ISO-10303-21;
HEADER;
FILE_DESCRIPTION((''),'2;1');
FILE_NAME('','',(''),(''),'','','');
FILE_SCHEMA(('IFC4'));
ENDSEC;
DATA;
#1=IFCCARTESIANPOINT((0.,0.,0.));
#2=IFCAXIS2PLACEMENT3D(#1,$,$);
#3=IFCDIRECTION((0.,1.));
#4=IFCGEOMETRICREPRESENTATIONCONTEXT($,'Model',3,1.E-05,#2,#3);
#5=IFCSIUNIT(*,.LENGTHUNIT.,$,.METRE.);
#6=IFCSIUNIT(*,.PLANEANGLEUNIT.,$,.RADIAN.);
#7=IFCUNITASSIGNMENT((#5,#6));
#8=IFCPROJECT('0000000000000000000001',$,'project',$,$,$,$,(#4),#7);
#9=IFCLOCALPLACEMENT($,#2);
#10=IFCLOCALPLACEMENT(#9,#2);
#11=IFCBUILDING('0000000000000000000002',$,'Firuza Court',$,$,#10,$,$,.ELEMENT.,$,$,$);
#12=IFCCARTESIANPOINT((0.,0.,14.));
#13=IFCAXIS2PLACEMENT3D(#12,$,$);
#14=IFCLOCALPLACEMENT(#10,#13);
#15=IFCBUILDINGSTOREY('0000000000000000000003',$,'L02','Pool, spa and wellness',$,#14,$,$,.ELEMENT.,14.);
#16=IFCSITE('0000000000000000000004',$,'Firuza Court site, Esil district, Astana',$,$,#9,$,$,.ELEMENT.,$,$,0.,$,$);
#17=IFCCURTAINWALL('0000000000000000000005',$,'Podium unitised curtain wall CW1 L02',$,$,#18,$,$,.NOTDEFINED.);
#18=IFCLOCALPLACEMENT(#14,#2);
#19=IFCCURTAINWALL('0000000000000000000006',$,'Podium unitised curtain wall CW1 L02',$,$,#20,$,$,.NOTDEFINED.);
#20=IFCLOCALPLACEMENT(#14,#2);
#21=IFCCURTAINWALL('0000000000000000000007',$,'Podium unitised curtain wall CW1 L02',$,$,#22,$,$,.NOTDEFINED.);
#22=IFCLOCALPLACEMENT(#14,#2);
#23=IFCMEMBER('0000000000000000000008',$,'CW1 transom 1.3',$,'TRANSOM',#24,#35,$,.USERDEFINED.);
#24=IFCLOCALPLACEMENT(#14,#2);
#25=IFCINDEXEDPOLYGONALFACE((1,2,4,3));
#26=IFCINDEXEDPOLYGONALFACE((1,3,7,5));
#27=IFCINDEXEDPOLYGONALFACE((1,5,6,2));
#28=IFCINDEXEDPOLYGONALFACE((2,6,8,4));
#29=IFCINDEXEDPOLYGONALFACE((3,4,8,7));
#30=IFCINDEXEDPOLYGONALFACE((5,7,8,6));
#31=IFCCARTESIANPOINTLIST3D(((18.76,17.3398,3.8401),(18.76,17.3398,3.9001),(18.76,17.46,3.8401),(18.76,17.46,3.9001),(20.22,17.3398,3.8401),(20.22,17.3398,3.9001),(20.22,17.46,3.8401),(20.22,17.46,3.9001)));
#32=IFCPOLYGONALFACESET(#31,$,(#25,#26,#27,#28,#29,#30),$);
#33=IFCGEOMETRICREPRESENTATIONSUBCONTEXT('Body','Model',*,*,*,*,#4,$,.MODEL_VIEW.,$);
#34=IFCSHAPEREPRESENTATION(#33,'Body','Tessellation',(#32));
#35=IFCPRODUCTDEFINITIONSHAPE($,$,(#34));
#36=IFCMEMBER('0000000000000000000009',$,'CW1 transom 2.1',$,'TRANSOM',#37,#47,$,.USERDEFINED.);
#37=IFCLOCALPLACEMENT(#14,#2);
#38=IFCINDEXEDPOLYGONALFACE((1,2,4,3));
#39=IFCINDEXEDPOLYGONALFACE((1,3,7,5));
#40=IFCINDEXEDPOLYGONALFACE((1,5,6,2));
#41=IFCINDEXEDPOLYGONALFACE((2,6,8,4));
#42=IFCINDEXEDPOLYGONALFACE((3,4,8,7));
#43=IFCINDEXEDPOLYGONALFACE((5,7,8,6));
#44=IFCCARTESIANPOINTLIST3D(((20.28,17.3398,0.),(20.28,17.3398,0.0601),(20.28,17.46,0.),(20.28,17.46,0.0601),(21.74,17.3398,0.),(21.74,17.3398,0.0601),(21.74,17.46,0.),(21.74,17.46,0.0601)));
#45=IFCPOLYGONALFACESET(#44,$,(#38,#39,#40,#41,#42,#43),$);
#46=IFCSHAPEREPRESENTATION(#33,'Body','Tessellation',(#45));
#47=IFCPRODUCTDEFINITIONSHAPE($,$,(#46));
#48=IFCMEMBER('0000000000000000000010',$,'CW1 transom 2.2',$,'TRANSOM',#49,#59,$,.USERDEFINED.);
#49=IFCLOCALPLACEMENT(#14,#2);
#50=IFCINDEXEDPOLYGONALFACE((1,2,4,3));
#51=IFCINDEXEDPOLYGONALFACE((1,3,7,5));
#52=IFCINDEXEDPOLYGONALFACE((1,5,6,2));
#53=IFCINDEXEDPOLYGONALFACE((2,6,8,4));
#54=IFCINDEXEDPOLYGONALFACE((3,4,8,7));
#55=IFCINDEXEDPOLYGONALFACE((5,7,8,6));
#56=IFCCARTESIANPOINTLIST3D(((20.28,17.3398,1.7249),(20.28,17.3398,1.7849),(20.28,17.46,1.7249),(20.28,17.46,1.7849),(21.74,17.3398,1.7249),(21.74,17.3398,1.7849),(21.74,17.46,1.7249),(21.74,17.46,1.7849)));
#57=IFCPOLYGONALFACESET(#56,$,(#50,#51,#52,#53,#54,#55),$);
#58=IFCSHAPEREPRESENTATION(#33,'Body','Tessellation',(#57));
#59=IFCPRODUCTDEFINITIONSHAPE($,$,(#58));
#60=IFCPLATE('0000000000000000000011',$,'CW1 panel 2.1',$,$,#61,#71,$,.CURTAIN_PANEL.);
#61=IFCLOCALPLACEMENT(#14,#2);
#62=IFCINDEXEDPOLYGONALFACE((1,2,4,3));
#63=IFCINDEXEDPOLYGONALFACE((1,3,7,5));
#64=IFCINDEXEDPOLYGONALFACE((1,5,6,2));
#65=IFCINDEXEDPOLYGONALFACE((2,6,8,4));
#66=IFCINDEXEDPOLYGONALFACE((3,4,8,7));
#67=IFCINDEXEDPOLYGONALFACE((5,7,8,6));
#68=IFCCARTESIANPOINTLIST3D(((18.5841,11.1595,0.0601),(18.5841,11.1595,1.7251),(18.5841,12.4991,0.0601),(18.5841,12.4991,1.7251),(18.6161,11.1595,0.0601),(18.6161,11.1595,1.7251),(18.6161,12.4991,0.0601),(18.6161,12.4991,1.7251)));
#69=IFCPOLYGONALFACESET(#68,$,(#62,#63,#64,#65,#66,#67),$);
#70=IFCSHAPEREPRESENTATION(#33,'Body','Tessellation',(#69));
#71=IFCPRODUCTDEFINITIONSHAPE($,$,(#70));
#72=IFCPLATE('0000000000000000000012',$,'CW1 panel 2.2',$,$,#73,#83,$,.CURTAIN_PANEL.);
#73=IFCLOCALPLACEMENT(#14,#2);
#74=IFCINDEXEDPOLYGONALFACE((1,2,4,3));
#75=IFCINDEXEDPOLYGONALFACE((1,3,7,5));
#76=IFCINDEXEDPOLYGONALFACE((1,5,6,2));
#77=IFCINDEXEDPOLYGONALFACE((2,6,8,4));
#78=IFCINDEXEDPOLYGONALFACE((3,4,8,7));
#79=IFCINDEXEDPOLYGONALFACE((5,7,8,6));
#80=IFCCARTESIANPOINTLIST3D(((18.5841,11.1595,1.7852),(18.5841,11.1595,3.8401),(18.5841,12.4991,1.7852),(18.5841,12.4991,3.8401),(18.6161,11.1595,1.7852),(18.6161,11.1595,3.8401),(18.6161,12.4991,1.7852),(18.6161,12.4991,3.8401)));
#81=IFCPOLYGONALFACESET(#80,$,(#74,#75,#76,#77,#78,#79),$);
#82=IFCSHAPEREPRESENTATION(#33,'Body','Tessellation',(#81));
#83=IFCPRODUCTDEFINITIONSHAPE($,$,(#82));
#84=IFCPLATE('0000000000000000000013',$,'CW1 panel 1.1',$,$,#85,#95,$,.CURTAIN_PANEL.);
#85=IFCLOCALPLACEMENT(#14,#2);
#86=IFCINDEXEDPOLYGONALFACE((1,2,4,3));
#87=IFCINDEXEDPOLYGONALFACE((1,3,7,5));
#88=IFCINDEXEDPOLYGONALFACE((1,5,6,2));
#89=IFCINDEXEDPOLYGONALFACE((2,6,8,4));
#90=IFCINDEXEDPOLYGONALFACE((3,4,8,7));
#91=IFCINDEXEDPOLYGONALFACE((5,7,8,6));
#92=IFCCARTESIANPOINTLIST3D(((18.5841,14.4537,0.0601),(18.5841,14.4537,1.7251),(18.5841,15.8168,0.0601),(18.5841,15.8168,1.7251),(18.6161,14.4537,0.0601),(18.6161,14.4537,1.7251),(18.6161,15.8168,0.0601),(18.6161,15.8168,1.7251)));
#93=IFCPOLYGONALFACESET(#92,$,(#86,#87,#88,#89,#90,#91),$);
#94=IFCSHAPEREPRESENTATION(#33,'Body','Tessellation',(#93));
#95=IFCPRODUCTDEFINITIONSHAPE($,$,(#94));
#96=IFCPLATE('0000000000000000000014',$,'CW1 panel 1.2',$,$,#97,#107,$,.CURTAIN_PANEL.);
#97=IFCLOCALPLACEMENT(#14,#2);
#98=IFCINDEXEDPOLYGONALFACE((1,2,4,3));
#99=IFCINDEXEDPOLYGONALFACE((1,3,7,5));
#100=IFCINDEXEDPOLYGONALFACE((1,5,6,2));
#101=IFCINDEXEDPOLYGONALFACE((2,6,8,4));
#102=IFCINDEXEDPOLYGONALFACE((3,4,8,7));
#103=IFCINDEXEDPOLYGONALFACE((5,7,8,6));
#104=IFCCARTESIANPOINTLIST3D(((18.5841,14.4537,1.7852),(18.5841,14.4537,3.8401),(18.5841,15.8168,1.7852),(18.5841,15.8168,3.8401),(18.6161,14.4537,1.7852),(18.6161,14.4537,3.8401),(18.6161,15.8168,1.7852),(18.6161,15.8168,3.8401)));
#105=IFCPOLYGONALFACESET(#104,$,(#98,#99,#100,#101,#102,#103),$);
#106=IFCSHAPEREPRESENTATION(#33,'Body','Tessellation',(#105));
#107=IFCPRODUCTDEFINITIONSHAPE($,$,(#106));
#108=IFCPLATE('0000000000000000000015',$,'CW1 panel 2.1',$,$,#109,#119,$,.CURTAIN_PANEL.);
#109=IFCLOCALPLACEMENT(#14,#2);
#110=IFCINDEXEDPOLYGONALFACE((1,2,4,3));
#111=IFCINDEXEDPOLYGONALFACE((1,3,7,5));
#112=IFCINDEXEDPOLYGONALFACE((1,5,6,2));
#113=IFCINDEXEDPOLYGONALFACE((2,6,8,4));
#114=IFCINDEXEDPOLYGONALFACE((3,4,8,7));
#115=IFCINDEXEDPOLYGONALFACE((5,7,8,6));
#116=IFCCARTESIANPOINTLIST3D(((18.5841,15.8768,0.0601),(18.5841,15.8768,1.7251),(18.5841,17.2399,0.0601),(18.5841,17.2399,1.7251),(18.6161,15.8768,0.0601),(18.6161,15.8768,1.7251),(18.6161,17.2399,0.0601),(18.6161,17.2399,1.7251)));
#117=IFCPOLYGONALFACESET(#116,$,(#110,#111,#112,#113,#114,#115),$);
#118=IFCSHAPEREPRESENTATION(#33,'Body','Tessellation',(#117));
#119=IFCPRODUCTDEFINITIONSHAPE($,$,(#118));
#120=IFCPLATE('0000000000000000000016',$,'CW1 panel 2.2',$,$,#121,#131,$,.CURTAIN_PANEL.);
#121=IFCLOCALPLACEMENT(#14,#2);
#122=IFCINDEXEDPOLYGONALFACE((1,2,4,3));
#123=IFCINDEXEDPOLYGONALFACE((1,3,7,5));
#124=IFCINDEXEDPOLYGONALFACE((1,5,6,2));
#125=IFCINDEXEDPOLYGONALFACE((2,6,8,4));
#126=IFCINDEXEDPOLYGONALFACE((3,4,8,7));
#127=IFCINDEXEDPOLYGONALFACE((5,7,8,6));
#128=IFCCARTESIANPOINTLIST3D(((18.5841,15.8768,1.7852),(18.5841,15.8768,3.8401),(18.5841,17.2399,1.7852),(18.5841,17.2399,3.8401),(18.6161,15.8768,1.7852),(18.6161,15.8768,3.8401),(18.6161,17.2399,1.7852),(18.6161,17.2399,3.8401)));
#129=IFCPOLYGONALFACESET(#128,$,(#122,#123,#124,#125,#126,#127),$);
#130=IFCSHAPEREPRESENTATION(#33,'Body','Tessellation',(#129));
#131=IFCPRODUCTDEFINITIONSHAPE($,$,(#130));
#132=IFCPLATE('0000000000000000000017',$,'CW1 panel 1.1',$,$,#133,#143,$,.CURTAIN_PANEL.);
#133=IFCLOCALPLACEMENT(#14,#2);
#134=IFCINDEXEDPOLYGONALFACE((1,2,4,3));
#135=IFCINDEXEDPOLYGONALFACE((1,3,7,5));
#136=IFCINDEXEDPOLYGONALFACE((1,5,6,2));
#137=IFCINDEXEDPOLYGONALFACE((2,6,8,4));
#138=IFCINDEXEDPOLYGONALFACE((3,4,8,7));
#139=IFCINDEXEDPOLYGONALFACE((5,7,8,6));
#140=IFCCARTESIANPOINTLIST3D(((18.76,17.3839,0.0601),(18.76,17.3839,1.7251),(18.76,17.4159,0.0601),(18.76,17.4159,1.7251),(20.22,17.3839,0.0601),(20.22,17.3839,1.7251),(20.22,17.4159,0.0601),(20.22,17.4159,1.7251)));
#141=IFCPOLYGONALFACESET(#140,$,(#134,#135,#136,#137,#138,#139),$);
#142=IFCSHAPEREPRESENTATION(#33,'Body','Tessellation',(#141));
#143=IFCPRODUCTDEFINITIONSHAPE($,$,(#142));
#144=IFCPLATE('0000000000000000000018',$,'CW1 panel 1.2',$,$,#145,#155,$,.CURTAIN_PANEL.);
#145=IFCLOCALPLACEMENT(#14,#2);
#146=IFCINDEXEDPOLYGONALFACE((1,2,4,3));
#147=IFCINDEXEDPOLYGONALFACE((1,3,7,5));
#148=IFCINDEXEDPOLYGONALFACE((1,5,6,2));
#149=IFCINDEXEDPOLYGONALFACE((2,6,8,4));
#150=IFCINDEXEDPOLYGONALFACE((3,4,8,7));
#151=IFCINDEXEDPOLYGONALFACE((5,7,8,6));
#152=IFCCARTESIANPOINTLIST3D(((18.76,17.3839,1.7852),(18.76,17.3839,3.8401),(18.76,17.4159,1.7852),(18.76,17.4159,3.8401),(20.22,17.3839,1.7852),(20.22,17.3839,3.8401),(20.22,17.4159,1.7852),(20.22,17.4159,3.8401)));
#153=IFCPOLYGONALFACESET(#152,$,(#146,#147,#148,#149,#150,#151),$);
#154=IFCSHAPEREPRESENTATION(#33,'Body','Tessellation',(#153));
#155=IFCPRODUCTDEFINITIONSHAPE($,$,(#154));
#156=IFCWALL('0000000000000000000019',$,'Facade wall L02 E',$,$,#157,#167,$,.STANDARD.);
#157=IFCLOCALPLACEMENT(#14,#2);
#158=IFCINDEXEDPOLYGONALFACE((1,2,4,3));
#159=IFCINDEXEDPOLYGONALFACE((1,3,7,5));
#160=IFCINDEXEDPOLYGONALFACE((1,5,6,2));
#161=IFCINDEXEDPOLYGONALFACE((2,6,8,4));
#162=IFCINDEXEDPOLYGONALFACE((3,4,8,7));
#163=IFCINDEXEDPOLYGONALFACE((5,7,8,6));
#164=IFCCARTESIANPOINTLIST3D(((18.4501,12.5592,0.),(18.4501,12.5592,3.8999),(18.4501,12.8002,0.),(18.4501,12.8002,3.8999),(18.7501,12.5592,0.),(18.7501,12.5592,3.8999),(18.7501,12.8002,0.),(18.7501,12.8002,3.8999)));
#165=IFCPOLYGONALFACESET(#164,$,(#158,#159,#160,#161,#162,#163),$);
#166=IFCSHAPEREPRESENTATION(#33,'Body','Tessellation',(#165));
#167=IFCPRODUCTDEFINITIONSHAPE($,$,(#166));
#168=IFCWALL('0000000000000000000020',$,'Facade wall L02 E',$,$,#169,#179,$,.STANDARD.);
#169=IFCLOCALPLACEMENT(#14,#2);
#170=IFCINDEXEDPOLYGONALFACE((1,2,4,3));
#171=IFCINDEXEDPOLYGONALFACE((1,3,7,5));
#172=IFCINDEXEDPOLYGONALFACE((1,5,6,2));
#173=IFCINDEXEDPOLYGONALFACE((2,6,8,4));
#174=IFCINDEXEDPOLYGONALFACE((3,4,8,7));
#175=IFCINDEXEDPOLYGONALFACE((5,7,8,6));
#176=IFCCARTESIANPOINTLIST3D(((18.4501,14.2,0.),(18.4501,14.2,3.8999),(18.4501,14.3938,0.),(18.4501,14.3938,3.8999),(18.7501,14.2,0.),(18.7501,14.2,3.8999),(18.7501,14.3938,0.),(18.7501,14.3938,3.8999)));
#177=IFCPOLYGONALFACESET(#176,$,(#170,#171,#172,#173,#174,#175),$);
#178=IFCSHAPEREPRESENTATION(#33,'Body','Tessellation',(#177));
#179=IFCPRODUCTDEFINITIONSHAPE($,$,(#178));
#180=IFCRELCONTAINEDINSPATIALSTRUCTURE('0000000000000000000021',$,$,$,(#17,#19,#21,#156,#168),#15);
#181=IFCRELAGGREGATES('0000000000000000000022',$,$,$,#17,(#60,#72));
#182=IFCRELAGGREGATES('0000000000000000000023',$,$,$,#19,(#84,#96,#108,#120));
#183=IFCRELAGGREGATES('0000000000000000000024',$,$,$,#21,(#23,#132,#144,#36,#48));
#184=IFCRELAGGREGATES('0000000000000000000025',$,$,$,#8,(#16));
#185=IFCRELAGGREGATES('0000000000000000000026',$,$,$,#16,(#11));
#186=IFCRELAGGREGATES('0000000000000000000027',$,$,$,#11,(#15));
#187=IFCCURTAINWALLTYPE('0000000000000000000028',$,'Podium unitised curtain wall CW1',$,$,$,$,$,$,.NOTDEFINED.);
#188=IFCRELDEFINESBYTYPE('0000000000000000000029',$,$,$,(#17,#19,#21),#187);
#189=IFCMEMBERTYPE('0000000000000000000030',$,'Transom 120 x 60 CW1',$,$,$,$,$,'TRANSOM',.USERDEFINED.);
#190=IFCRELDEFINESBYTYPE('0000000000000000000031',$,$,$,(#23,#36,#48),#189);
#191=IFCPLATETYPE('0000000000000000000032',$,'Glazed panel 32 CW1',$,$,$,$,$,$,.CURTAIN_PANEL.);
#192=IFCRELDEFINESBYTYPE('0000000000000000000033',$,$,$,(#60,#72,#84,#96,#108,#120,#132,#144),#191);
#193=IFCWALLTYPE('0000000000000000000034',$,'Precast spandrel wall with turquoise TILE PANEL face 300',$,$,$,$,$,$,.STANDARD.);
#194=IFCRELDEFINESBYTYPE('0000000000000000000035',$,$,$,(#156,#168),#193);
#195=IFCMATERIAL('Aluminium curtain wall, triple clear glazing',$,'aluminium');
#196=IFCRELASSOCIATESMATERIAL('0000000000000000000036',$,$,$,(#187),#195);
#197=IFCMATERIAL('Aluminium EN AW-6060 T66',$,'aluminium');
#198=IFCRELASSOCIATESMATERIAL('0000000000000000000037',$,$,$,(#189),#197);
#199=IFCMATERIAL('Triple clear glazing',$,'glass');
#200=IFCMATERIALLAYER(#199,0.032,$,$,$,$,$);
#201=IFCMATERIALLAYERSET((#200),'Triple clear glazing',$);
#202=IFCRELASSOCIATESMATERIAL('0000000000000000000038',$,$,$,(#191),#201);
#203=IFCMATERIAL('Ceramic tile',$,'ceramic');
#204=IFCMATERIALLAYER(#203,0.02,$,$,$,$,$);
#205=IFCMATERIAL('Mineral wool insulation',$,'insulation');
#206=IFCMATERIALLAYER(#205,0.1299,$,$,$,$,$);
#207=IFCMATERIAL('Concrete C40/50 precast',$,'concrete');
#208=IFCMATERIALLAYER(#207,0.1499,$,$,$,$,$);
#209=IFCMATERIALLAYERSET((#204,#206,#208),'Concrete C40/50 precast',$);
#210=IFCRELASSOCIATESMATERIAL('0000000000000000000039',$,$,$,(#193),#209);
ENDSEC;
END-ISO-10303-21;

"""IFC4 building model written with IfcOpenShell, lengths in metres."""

from ifc_helpers import new_model, si_unit, direction, frame, frame_2d, origin, origin_2d, place, context, subcontext, project, spatial, rectangle, extrude, material, layer, layer_set, material_profile, profile_set, type_object, element, aggregate, save


model = new_model("IFC4")

# Units and contexts
model_context = context("Model", 3, precision=1e-05, world=origin(), true_north=direction((0.0, 1.0)))
body_context = subcontext(model_context, "Body", "Model", "MODEL_VIEW")
ifc_project = project(units=[si_unit("LENGTHUNIT", "METRE"), si_unit("PLANEANGLEUNIT", "RADIAN")], contexts=[model_context])

# Site, building, storey
site_placement = place(None, origin())
site = spatial("IfcSite", under=ifc_project, at=site_placement, Name="Firuza Court site, Esil district, Astana", CompositionType="ELEMENT", RefElevation=0.0)
building_placement = place(site_placement, origin())
building = spatial("IfcBuilding", under=site, at=building_placement, Name="Firuza Court", CompositionType="ELEMENT")
storey_placement = place(building_placement, frame((0.0, 0.0, 14.0)))
storey = spatial("IfcBuildingStorey", under=building, at=storey_placement, Name="L02", Description="Pool, spa and wellness", CompositionType="ELEMENT", Elevation=14.0)

# Curtain wall
ifc_material_1 = material(Name="Aluminium curtain wall, triple clear glazing", Category="aluminium")
curtain_wall_type = type_object("IfcCurtainWallType", Name="Podium unitised curtain wall CW1", PredefinedType="NOTDEFINED", material=ifc_material_1)
curtain_wall_1_placement = place(storey_placement, origin())
curtain_wall_1 = element("IfcCurtainWall", 1, at=curtain_wall_1_placement, inside=storey, type_object=curtain_wall_type, Name="Podium unitised curtain wall CW1 L02", PredefinedType="NOTDEFINED")

# Curtain walls
curtain_wall_2_placement = place(storey_placement, origin())
curtain_wall_2 = element("IfcCurtainWall", 2, at=curtain_wall_2_placement, inside=storey, type_object=curtain_wall_type, Name="Podium unitised curtain wall CW1 L02", PredefinedType="NOTDEFINED")
curtain_wall_3_placement = place(storey_placement, origin())
curtain_wall_3 = element("IfcCurtainWall", 3, at=curtain_wall_3_placement, inside=storey, type_object=curtain_wall_type, Name="Podium unitised curtain wall CW1 L02", PredefinedType="NOTDEFINED")

# Members
ifc_material_2 = material(Name="Aluminium EN AW-6060 T66", Category="aluminium")
ifc_material_profile_1 = material_profile(ifc_material_2, rectangle(XDim=0.1201, YDim=0.0601, at=origin_2d()), Name="Transom 120 x 60 CW1")
ifc_profile_set_1 = profile_set([ifc_material_profile_1], Name="Aluminium EN AW-6060 T66")
member_type_1 = type_object("IfcMemberType", Name="Transom 120 x 60 CW1", ElementType="TRANSOM", PredefinedType="USERDEFINED", material=ifc_profile_set_1)
member_1_placement = place(storey_placement, frame((18.76, 17.3999, 3.8701), z_axis=(1.0, 0.0, 0.0), x_axis=(0.0, 1.0, 0.0)))
member_1 = element("IfcMember", 4, at=member_1_placement, type_object=member_type_1, Name="CW1 transom 1.3", ObjectType="TRANSOM", PredefinedType="USERDEFINED", context=body_context, shape_type="SweptSolid", body=[
    extrude(rectangle(XDim=0.1201, YDim=0.0601, at=origin_2d()), origin(), (0.0, 0.0, 1.0), 1.46),
])
member_2_placement = place(storey_placement, frame((20.28, 17.3999, 0.03), z_axis=(1.0, 0.0, 0.0), x_axis=(0.0, 1.0, 0.0)))
member_2 = element("IfcMember", 5, at=member_2_placement, type_object=member_type_1, Name="CW1 transom 2.1", ObjectType="TRANSOM", PredefinedType="USERDEFINED", context=body_context, shape_type="SweptSolid", body=[
    extrude(rectangle(XDim=0.1201, YDim=0.0601, at=origin_2d()), origin(), (0.0, 0.0, 1.0), 1.46),
])
member_3_placement = place(storey_placement, frame((20.28, 17.3999, 1.7549), z_axis=(1.0, 0.0, 0.0), x_axis=(0.0, 1.0, 0.0)))
member_3 = element("IfcMember", 6, at=member_3_placement, type_object=member_type_1, Name="CW1 transom 2.2", ObjectType="TRANSOM", PredefinedType="USERDEFINED", context=body_context, shape_type="SweptSolid", body=[
    extrude(rectangle(XDim=0.1201, YDim=0.0601, at=origin_2d()), origin(), (0.0, 0.0, 1.0), 1.46),
])

# Plates
ifc_material_3 = material(Name="Triple clear glazing", Category="glass")
ifc_layer_1 = layer(ifc_material_3, 0.032)
ifc_layer_set_1 = layer_set([ifc_layer_1], Name="Triple clear glazing")
plate_type = type_object("IfcPlateType", Name="Glazed panel 32 CW1", PredefinedType="CURTAIN_PANEL", material=ifc_layer_set_1)
plate_1_placement = place(storey_placement, frame((18.6001, 11.8293, 0.0601), z_axis=(0.0, 0.0, 1.0), x_axis=(0.0, 1.0, 0.0)))
plate_1 = element("IfcPlate", 7, at=plate_1_placement, type_object=plate_type, Name="CW1 panel 2.1", PredefinedType="CURTAIN_PANEL", context=body_context, shape_type="SweptSolid", body=[
    extrude(rectangle(XDim=1.3396, YDim=0.032, at=origin_2d()), origin(), (0.0, 0.0, 1.0), 1.665),
])
plate_2_placement = place(storey_placement, frame((18.6001, 11.8293, 1.7852), z_axis=(0.0, 0.0, 1.0), x_axis=(0.0, 1.0, 0.0)))
plate_2 = element("IfcPlate", 8, at=plate_2_placement, type_object=plate_type, Name="CW1 panel 2.2", PredefinedType="CURTAIN_PANEL", context=body_context, shape_type="SweptSolid", body=[
    extrude(rectangle(XDim=1.3396, YDim=0.032, at=origin_2d()), origin(), (0.0, 0.0, 1.0), 2.0549),
])
aggregate(curtain_wall_1, [plate_1, plate_2])
plate_3_placement = place(storey_placement, frame((18.6001, 15.1353, 0.0601), z_axis=(0.0, 0.0, 1.0), x_axis=(0.0, 1.0, 0.0)))
plate_3 = element("IfcPlate", 9, at=plate_3_placement, type_object=plate_type, Name="CW1 panel 1.1", PredefinedType="CURTAIN_PANEL", context=body_context, shape_type="SweptSolid", body=[
    extrude(rectangle(XDim=1.363, YDim=0.032, at=origin_2d()), origin(), (0.0, 0.0, 1.0), 1.665),
])
plate_4_placement = place(storey_placement, frame((18.6001, 15.1353, 1.7852), z_axis=(0.0, 0.0, 1.0), x_axis=(0.0, 1.0, 0.0)))
plate_4 = element("IfcPlate", 10, at=plate_4_placement, type_object=plate_type, Name="CW1 panel 1.2", PredefinedType="CURTAIN_PANEL", context=body_context, shape_type="SweptSolid", body=[
    extrude(rectangle(XDim=1.363, YDim=0.032, at=origin_2d()), origin(), (0.0, 0.0, 1.0), 2.0549),
])
plate_5_placement = place(storey_placement, frame((18.6001, 16.5583, 0.0601), z_axis=(0.0, 0.0, 1.0), x_axis=(0.0, 1.0, 0.0)))
plate_5 = element("IfcPlate", 11, at=plate_5_placement, type_object=plate_type, Name="CW1 panel 2.1", PredefinedType="CURTAIN_PANEL", context=body_context, shape_type="SweptSolid", body=[
    extrude(rectangle(XDim=1.363, YDim=0.032, at=origin_2d()), origin(), (0.0, 0.0, 1.0), 1.665),
])
plate_6_placement = place(storey_placement, frame((18.6001, 16.5583, 1.7852), z_axis=(0.0, 0.0, 1.0), x_axis=(0.0, 1.0, 0.0)))
plate_6 = element("IfcPlate", 12, at=plate_6_placement, type_object=plate_type, Name="CW1 panel 2.2", PredefinedType="CURTAIN_PANEL", context=body_context, shape_type="SweptSolid", body=[
    extrude(rectangle(XDim=1.363, YDim=0.032, at=origin_2d()), origin(), (0.0, 0.0, 1.0), 2.0549),
])
aggregate(curtain_wall_2, [plate_3, plate_4, plate_5, plate_6])
plate_7_placement = place(storey_placement, frame((19.49, 17.3999, 0.0601), z_axis=(0.0, 0.0, 1.0), x_axis=(1.0, 0.0, 0.0)))
plate_7 = element("IfcPlate", 13, at=plate_7_placement, type_object=plate_type, Name="CW1 panel 1.1", PredefinedType="CURTAIN_PANEL", context=body_context, shape_type="SweptSolid", body=[
    extrude(rectangle(XDim=1.46, YDim=0.032, at=origin_2d()), origin(), (0.0, 0.0, 1.0), 1.665),
])
plate_8_placement = place(storey_placement, frame((19.49, 17.3999, 1.7852), z_axis=(0.0, 0.0, 1.0), x_axis=(1.0, 0.0, 0.0)))
plate_8 = element("IfcPlate", 14, at=plate_8_placement, type_object=plate_type, Name="CW1 panel 1.2", PredefinedType="CURTAIN_PANEL", context=body_context, shape_type="SweptSolid", body=[
    extrude(rectangle(XDim=1.46, YDim=0.032, at=origin_2d()), origin(), (0.0, 0.0, 1.0), 2.0549),
])
aggregate(curtain_wall_3, [member_1, plate_7, plate_8, member_2, member_3])

# Walls
ifc_material_4 = material(Name="Ceramic tile", Category="ceramic")
ifc_layer_2 = layer(ifc_material_4, 0.02)
ifc_material_5 = material(Name="Mineral wool insulation", Category="insulation")
ifc_layer_3 = layer(ifc_material_5, 0.1299)
ifc_material_6 = material(Name="Concrete C40/50 precast", Category="concrete")
ifc_layer_4 = layer(ifc_material_6, 0.1499)
ifc_layer_set_2 = layer_set([ifc_layer_2, ifc_layer_3, ifc_layer_4], Name="Concrete C40/50 precast")
wall_type = type_object("IfcWallType", Name="Precast spandrel wall with turquoise TILE PANEL face 300", PredefinedType="STANDARD", material=ifc_layer_set_2)
wall_1_placement = place(storey_placement, frame((18.6001, 12.5591, 0.0), z_axis=(0.0, 0.0, 1.0), x_axis=(0.0, 1.0, 0.0)))
element("IfcWall", 15, at=wall_1_placement, inside=storey, type_object=wall_type, Name="Facade wall L02 E", PredefinedType="STANDARD", context=body_context, shape_type="SweptSolid", body=[
    extrude(rectangle(XDim=0.241, YDim=0.3, at=frame_2d((0.1206, 0.0))), origin(), (0.0, 0.0, 1.0), 3.8999),
])
wall_2_placement = place(storey_placement, frame((18.6001, 14.2, 0.0), z_axis=(0.0, 0.0, 1.0), x_axis=(0.0, 1.0, 0.0)))
element("IfcWall", 16, at=wall_2_placement, inside=storey, type_object=wall_type, Name="Facade wall L02 E", PredefinedType="STANDARD", context=body_context, shape_type="SweptSolid", body=[
    extrude(rectangle(XDim=0.1938, YDim=0.3, at=frame_2d((0.0969, 0.0))), origin(), (0.0, 0.0, 1.0), 3.8999),
])

save(model, "model.ifc")
